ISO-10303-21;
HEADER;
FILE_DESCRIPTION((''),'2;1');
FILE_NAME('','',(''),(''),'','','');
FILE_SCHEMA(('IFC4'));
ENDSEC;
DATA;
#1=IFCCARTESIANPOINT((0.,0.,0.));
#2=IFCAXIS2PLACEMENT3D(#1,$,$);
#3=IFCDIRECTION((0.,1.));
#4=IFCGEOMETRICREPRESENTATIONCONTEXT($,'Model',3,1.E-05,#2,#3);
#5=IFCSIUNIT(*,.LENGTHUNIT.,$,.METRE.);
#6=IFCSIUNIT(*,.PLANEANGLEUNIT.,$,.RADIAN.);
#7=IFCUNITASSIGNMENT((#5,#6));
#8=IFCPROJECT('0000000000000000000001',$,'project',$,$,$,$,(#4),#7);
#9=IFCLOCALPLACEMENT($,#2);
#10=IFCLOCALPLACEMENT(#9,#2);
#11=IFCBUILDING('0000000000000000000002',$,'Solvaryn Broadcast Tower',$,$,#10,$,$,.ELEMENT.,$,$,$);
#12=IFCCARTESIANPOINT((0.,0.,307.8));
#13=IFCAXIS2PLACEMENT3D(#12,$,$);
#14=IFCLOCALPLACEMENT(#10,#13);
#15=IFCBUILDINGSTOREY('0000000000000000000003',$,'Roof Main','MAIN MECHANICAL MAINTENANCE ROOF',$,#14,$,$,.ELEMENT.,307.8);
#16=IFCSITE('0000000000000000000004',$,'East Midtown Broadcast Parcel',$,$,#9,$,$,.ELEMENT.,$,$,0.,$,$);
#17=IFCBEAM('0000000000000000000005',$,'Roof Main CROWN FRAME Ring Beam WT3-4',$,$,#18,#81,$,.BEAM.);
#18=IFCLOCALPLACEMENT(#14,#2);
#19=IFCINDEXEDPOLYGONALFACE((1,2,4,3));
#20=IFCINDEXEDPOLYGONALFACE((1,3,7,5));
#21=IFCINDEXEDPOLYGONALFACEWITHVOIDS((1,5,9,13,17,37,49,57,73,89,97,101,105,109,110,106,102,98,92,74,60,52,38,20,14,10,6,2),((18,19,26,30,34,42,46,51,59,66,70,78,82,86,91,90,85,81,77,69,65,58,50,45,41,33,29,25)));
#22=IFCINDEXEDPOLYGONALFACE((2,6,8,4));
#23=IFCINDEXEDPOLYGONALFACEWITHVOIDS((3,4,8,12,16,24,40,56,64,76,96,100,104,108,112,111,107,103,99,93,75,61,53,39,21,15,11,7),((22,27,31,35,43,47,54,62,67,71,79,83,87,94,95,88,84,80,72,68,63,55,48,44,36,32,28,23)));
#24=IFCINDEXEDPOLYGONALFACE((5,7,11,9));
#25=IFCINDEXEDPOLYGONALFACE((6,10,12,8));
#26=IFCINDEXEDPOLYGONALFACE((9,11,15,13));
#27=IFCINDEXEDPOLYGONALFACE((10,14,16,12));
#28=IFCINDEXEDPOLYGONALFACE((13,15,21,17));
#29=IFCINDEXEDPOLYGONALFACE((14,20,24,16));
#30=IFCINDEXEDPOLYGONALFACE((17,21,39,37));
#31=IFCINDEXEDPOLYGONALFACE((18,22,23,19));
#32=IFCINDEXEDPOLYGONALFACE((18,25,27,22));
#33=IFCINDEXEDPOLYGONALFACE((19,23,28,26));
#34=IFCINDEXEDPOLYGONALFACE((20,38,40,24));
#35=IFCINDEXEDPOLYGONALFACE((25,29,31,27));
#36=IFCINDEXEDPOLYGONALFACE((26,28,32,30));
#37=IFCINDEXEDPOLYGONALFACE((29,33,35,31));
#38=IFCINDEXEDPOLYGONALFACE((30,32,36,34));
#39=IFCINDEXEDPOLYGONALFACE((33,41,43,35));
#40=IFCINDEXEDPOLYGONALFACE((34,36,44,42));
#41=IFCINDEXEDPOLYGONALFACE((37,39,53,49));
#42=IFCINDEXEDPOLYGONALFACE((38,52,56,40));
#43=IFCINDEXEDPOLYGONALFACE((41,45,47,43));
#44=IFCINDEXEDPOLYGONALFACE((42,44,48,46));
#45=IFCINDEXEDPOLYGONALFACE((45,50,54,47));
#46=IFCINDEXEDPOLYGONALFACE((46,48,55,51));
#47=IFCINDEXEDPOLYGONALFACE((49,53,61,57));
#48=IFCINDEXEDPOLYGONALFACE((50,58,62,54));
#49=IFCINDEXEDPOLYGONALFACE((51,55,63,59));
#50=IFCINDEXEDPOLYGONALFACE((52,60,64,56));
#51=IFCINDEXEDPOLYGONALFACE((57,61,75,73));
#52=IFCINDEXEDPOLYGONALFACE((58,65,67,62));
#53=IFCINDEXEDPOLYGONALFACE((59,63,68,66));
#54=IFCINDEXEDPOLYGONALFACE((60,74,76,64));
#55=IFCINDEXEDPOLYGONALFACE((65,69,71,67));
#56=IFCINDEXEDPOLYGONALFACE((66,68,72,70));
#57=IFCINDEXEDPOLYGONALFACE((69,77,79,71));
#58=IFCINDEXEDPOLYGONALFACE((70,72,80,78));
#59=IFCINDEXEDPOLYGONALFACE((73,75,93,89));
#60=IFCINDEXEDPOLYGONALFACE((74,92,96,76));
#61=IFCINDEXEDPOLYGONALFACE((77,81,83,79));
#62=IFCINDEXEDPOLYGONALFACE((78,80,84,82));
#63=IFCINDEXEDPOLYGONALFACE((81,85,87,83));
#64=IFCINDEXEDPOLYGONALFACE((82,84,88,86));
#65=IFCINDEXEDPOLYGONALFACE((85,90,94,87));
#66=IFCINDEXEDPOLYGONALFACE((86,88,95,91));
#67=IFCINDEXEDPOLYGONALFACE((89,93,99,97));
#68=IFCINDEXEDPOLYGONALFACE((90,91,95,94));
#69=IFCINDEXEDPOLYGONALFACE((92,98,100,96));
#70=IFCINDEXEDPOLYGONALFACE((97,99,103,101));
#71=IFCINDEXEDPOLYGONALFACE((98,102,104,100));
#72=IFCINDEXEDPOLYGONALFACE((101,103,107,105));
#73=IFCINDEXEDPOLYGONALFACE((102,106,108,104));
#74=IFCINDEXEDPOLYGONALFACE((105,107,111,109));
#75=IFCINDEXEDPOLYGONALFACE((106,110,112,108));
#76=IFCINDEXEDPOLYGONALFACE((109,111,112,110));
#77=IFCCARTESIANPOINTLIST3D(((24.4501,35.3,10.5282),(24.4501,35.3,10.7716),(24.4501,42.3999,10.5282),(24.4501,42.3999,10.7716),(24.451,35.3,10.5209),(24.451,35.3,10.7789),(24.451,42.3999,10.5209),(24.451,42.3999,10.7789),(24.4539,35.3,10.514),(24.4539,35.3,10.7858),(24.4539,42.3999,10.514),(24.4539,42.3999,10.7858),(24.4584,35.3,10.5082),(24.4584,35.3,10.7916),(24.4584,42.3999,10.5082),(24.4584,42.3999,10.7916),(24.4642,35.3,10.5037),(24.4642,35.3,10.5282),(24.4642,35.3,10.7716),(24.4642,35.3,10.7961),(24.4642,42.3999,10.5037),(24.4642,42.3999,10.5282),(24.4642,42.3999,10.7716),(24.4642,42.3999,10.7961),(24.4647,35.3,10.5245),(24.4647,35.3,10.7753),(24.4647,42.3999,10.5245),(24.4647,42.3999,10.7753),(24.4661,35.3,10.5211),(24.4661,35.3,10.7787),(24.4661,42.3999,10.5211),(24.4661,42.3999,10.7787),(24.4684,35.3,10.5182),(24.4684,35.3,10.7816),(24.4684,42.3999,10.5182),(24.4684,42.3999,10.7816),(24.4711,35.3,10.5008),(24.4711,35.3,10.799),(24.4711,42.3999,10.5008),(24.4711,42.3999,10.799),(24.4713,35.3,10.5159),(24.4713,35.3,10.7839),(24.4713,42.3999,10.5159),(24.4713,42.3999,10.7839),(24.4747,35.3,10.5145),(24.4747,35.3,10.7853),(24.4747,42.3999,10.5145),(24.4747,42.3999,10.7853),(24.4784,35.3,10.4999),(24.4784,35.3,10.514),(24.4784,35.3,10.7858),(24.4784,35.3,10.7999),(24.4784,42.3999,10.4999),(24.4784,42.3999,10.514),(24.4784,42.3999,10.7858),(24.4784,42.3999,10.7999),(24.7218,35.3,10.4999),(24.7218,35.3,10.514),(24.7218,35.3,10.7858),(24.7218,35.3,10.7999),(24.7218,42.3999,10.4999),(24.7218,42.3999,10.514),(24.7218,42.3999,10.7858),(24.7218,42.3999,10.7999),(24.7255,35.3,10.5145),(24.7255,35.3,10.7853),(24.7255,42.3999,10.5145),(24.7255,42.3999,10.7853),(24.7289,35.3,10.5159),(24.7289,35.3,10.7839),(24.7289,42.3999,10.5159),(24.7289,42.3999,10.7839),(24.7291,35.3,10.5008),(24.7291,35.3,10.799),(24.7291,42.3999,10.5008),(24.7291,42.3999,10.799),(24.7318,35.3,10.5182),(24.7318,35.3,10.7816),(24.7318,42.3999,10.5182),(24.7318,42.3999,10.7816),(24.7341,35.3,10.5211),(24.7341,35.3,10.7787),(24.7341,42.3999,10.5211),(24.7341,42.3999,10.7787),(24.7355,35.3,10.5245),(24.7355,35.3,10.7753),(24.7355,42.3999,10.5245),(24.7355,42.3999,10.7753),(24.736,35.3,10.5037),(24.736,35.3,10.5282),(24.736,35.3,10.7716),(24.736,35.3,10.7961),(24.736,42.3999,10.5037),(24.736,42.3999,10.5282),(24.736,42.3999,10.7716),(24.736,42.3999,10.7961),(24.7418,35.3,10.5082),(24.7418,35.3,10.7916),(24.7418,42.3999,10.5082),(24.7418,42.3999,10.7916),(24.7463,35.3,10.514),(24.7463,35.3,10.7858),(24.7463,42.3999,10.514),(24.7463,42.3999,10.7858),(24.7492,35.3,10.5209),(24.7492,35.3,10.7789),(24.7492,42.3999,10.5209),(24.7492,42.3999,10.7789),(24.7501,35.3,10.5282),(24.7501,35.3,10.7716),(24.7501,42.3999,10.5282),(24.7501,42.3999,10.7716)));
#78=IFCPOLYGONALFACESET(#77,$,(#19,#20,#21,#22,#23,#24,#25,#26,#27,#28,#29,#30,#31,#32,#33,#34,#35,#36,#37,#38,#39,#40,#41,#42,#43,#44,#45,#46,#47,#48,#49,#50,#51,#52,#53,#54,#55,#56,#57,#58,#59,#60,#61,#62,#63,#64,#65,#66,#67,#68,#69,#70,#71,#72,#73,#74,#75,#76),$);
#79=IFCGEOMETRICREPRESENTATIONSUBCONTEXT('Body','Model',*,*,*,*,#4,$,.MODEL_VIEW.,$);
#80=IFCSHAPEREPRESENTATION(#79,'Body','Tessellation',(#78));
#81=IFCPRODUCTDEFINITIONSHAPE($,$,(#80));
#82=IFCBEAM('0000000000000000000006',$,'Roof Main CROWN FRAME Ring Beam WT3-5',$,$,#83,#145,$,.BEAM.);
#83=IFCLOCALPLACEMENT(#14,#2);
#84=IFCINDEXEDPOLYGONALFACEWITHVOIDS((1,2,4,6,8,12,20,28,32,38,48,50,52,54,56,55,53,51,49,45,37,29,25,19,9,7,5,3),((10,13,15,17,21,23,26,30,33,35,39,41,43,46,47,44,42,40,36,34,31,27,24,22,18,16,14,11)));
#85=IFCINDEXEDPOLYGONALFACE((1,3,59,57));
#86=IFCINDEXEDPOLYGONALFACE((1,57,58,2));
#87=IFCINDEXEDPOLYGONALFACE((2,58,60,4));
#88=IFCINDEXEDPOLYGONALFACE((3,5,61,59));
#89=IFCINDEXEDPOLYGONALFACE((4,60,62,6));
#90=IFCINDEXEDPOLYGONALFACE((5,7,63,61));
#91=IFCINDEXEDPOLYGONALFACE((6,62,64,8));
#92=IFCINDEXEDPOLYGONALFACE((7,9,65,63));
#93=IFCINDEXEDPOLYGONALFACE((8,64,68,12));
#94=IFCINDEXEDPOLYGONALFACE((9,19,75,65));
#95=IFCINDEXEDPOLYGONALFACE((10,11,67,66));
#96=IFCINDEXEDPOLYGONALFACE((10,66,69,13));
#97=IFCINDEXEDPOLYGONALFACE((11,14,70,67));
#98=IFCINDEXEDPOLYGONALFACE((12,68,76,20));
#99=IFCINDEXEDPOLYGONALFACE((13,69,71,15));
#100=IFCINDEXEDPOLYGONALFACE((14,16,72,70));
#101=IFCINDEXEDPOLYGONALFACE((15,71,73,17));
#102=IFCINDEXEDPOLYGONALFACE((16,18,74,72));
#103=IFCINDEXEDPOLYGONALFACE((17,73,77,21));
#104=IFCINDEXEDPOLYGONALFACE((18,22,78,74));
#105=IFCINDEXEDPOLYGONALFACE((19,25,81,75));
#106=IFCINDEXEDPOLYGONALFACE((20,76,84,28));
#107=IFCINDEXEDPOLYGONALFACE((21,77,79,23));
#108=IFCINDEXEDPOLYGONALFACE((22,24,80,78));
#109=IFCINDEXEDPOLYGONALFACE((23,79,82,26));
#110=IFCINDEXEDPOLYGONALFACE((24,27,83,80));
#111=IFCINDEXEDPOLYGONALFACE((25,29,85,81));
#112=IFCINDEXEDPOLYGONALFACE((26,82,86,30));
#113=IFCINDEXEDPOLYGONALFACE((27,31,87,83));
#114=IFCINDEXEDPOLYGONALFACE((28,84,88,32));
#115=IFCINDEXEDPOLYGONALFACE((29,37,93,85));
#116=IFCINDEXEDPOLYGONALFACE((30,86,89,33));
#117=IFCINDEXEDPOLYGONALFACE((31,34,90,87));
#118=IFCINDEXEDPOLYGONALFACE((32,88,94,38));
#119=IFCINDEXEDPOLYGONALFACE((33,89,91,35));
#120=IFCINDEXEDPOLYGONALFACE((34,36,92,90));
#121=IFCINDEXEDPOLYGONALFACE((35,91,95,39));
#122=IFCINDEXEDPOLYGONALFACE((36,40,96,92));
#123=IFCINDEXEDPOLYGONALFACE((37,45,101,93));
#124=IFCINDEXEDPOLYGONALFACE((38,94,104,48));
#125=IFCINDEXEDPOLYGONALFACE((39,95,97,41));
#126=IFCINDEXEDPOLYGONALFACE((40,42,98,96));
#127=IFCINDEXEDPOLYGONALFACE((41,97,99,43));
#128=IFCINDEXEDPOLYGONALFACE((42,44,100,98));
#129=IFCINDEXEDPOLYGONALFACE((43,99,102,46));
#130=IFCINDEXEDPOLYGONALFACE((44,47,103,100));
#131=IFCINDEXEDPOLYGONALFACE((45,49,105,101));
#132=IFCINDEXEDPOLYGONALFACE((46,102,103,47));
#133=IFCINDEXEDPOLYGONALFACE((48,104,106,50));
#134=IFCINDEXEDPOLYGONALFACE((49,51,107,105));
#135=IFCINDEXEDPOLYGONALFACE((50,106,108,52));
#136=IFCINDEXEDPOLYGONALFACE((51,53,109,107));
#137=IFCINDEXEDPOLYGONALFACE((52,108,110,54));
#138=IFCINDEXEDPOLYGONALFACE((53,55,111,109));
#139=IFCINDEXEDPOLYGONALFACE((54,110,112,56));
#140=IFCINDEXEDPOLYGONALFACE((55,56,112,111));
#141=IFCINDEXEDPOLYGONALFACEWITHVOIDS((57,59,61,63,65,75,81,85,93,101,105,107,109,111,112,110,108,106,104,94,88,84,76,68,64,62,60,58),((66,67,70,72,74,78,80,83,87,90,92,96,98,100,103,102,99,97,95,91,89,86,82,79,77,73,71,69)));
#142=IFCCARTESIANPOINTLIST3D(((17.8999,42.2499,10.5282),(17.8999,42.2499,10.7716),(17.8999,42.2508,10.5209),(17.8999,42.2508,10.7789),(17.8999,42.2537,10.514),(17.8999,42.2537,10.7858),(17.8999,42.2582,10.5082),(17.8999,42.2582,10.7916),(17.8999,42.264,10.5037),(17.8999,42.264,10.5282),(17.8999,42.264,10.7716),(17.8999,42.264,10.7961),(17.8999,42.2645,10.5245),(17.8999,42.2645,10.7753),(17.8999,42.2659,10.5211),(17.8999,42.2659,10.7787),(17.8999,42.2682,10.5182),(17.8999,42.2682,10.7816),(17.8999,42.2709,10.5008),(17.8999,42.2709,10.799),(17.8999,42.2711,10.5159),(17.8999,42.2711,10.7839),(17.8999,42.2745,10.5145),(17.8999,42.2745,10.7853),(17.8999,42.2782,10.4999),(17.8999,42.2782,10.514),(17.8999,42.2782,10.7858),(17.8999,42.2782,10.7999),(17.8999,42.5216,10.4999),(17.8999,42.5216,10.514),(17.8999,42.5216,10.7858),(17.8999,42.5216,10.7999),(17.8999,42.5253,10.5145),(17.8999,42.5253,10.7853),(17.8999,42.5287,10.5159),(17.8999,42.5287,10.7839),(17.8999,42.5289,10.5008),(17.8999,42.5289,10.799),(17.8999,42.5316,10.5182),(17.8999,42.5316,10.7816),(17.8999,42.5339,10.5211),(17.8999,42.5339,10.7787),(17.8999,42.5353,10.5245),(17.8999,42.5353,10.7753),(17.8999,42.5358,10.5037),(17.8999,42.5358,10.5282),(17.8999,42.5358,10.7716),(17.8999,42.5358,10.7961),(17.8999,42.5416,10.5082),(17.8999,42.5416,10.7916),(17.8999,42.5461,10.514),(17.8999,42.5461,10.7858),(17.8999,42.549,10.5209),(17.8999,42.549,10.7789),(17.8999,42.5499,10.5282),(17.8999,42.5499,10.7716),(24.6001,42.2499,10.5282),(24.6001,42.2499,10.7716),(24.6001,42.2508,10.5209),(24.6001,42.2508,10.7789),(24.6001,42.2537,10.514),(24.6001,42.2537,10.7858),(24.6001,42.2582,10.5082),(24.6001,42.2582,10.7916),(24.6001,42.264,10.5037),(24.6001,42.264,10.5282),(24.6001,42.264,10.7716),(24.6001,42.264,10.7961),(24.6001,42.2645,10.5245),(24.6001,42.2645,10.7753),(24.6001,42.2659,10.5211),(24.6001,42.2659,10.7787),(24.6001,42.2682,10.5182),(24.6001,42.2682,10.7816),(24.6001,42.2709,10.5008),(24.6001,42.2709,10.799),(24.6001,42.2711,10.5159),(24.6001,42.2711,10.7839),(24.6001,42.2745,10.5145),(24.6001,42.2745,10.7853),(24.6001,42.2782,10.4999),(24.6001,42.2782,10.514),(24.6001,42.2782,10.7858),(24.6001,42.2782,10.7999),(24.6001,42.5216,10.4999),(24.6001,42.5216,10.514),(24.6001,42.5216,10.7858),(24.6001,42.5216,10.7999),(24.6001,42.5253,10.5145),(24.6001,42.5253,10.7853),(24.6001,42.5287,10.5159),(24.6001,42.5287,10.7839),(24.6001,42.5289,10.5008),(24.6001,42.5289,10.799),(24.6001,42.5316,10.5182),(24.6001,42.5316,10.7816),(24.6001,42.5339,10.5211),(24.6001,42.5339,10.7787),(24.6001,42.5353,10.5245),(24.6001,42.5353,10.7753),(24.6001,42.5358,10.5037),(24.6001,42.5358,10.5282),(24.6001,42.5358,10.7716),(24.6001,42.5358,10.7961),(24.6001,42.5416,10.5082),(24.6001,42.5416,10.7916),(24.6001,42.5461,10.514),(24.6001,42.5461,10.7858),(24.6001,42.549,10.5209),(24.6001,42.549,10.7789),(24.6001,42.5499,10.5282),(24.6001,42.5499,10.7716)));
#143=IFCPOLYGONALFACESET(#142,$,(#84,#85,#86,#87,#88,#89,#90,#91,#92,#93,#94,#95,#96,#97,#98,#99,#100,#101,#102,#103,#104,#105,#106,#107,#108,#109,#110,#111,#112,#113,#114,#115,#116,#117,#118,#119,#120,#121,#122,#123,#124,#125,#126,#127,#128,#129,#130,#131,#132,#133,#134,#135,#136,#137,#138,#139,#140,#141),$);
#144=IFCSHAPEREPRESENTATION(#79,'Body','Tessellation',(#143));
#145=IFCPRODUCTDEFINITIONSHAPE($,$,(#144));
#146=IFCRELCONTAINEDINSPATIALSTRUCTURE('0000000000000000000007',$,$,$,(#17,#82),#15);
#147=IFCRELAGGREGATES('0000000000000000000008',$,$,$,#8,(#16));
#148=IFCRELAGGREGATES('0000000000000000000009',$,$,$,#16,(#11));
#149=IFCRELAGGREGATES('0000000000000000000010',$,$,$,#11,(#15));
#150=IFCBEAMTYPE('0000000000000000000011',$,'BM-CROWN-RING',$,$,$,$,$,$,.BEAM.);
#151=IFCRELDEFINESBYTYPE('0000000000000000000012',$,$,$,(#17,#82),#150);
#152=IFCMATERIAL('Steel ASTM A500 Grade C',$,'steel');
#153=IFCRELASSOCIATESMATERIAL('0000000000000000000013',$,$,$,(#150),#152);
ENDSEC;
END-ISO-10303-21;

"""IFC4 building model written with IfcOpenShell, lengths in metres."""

from ifc_helpers import new_model, si_unit, direction, frame, origin, origin_2d, place, context, subcontext, project, spatial, hollow_rectangle, extrude, material, material_profile, profile_set, type_object, element, save


model = new_model("IFC4")

# Units and contexts
model_context = context("Model", 3, precision=1e-05, world=origin(), true_north=direction((0.0, 1.0)))
body_context = subcontext(model_context, "Body", "Model", "MODEL_VIEW")
ifc_project = project(units=[si_unit("LENGTHUNIT", "METRE"), si_unit("PLANEANGLEUNIT", "RADIAN")], contexts=[model_context])

# Site, building, storey
site_placement = place(None, origin())
site = spatial("IfcSite", under=ifc_project, at=site_placement, Name="East Midtown Broadcast Parcel", CompositionType="ELEMENT", RefElevation=0.0)
building_placement = place(site_placement, origin())
building = spatial("IfcBuilding", under=site, at=building_placement, Name="Solvaryn Broadcast Tower", CompositionType="ELEMENT")
storey_placement = place(building_placement, frame((0.0, 0.0, 307.8)))
storey = spatial("IfcBuildingStorey", under=building, at=storey_placement, Name="Roof Main", Description="MAIN MECHANICAL MAINTENANCE ROOF", CompositionType="ELEMENT", Elevation=307.8)

# Beams
ifc_material_1 = material(Name="Steel ASTM A500 Grade C", Category="steel")
ifc_material_profile_1 = material_profile(ifc_material_1, hollow_rectangle(XDim=0.3, YDim=0.3, WallThickness=0.0142, InnerFilletRadius=0.0142, OuterFilletRadius=0.0283, at=origin_2d()))
ifc_profile_set_1 = profile_set([ifc_material_profile_1], Name="Steel ASTM A500 Grade C")
beam_type = type_object("IfcBeamType", Name="BM-CROWN-RING", PredefinedType="BEAM", material=ifc_profile_set_1)
beam_1_placement = place(storey_placement, frame((24.6001, 35.3, 10.6499), z_axis=(0.0, 1.0, 0.0), x_axis=(-1.0, 0.0, 0.0)))
element("IfcBeam", 1, at=beam_1_placement, inside=storey, type_object=beam_type, Name="Roof Main CROWN FRAME Ring Beam WT3-4", PredefinedType="BEAM", context=body_context, shape_type="SweptSolid", body=[
    extrude(hollow_rectangle(XDim=0.3, YDim=0.3, WallThickness=0.0142, InnerFilletRadius=0.0142, OuterFilletRadius=0.0283, at=origin_2d()), origin(), (0.0, 0.0, 1.0), 7.0999),
])
beam_2_placement = place(storey_placement, frame((24.6001, 42.3999, 10.6499), z_axis=(-1.0, 0.0, 0.0), x_axis=(0.0, -1.0, 0.0)))
element("IfcBeam", 2, at=beam_2_placement, inside=storey, type_object=beam_type, Name="Roof Main CROWN FRAME Ring Beam WT3-5", PredefinedType="BEAM", context=body_context, shape_type="SweptSolid", body=[
    extrude(hollow_rectangle(XDim=0.3, YDim=0.3, WallThickness=0.0142, InnerFilletRadius=0.0142, OuterFilletRadius=0.0283, at=origin_2d()), origin(), (0.0, 0.0, 1.0), 6.7002),
])

save(model, "model.ifc")
